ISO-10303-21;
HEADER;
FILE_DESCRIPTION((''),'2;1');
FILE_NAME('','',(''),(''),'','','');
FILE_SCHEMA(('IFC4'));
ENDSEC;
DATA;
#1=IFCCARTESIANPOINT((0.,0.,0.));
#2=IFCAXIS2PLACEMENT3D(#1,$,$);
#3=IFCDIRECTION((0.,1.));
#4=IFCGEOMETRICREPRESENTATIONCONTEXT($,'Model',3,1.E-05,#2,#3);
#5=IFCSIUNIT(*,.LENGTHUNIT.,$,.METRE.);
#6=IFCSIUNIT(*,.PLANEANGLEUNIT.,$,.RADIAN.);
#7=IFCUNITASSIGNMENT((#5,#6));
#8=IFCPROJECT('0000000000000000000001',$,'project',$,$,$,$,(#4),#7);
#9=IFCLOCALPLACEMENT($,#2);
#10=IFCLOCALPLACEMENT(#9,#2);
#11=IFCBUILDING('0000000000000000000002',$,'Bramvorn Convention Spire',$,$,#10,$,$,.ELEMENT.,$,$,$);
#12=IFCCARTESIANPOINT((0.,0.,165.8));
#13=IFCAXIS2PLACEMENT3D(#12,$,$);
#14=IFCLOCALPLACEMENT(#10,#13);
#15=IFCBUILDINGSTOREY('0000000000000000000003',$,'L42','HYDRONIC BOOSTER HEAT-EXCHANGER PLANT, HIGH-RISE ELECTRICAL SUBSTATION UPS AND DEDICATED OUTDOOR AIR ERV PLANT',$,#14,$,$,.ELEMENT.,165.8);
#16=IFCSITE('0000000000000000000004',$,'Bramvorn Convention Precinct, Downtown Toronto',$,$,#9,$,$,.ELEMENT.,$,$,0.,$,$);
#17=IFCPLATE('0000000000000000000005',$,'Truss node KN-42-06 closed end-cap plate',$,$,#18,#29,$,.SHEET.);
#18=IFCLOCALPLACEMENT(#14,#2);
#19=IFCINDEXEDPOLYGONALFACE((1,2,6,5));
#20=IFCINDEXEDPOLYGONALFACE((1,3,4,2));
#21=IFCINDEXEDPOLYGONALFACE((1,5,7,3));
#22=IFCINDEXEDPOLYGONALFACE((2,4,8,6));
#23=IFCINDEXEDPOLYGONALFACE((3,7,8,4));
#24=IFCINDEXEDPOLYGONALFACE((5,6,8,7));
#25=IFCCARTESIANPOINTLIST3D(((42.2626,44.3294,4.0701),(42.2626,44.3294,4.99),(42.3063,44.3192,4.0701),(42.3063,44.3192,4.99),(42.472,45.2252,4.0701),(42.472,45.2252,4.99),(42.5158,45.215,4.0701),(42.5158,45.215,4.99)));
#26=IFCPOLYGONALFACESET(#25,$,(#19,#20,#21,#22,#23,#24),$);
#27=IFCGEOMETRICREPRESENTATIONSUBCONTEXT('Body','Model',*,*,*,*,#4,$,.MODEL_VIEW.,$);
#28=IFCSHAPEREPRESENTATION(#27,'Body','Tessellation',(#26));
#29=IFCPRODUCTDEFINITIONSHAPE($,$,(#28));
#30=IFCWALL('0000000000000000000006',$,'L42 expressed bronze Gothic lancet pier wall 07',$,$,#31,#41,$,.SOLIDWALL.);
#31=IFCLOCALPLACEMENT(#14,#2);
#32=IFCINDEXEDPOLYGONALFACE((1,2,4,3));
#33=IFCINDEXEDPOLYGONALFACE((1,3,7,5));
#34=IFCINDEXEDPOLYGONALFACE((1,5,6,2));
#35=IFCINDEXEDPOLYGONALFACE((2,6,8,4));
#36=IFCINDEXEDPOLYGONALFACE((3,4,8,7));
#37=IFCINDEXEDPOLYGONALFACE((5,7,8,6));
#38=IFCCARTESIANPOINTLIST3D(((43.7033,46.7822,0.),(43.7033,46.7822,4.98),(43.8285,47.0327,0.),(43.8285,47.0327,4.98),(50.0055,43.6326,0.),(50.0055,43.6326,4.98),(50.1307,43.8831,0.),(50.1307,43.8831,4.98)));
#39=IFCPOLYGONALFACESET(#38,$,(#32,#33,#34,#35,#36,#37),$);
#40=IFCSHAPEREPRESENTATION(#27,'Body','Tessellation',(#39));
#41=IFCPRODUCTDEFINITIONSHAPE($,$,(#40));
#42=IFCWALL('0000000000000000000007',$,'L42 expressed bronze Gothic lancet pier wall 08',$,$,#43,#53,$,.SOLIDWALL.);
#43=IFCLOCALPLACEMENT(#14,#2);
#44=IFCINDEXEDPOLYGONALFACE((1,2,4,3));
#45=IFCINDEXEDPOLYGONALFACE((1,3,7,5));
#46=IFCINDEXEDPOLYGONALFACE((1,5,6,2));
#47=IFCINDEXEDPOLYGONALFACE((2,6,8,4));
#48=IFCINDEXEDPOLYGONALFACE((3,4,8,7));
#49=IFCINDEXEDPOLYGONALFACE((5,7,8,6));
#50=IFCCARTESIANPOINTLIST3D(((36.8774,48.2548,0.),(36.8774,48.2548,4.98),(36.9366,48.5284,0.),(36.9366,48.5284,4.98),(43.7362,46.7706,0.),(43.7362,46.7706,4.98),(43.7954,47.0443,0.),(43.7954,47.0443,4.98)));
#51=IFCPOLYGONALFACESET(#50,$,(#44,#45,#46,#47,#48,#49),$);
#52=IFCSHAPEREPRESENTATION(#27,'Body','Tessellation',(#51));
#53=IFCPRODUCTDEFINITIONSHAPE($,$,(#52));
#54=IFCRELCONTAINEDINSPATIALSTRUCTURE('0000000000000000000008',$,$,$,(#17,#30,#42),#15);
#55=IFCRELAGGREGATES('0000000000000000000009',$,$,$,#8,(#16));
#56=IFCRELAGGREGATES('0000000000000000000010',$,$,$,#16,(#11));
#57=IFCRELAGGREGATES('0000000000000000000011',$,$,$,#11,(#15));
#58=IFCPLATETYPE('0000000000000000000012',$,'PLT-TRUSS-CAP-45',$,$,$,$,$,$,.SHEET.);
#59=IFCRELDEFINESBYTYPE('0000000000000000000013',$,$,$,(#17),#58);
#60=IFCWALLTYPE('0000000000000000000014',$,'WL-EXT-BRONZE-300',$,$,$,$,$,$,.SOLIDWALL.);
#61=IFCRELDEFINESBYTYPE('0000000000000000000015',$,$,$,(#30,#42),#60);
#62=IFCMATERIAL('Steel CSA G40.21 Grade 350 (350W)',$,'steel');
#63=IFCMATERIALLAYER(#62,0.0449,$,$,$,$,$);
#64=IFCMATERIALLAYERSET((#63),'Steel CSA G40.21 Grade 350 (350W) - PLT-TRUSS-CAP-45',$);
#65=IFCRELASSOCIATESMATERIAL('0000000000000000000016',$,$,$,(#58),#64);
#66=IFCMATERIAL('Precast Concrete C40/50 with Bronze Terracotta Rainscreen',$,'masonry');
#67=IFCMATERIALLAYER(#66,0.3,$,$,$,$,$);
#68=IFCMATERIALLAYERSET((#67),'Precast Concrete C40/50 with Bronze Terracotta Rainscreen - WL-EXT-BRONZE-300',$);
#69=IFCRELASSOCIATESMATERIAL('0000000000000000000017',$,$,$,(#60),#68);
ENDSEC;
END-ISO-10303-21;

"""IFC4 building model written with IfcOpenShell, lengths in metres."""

from ifc_helpers import new_model, si_unit, direction, frame, frame_2d, origin, origin_2d, place, context, subcontext, project, spatial, rectangle, extrude, material, layer, layer_set, type_object, element, save


model = new_model("IFC4")

# Units and contexts
model_context = context("Model", 3, precision=1e-05, world=origin(), true_north=direction((0.0, 1.0)))
body_context = subcontext(model_context, "Body", "Model", "MODEL_VIEW")
ifc_project = project(units=[si_unit("LENGTHUNIT", "METRE"), si_unit("PLANEANGLEUNIT", "RADIAN")], contexts=[model_context])

# Site, building, storey
site_placement = place(None, origin())
site = spatial("IfcSite", under=ifc_project, at=site_placement, Name="Bramvorn Convention Precinct, Downtown Toronto", CompositionType="ELEMENT", RefElevation=0.0)
building_placement = place(site_placement, origin())
building = spatial("IfcBuilding", under=site, at=building_placement, Name="Bramvorn Convention Spire", CompositionType="ELEMENT")
storey_placement = place(building_placement, frame((0.0, 0.0, 165.8)))
storey = spatial("IfcBuildingStorey", under=building, at=storey_placement, Name="L42", Description="HYDRONIC BOOSTER HEAT-EXCHANGER PLANT, HIGH-RISE ELECTRICAL SUBSTATION UPS AND DEDICATED OUTDOOR AIR ERV PLANT", CompositionType="ELEMENT", Elevation=165.8)

# Shared definitions
ifc_material_1 = material(Name="Steel CSA G40.21 Grade 350 (350W)", Category="steel")

# Plate
ifc_layer_1 = layer(ifc_material_1, 0.0449)
ifc_layer_set_1 = layer_set([ifc_layer_1], Name="Steel CSA G40.21 Grade 350 (350W) - PLT-TRUSS-CAP-45")
plate_type_1 = type_object("IfcPlateType", Name="PLT-TRUSS-CAP-45", PredefinedType="SHEET", material=ifc_layer_set_1)
plate_placement = place(storey_placement, frame((42.3892, 44.7722, 4.0701), z_axis=(0.0, 0.0, 1.0), x_axis=(0.22767, 0.973738, 0.0)))
element("IfcPlate", 1, at=plate_placement, inside=storey, type_object=plate_type_1, Name="Truss node KN-42-06 closed end-cap plate", PredefinedType="SHEET", context=body_context, shape_type="SweptSolid", body=[
    extrude(rectangle(XDim=0.9199, YDim=0.0449, at=origin_2d()), origin(), (0.0, 0.0, 1.0), 0.9199),
])

# Walls
ifc_material_2 = material(Name="Precast Concrete C40/50 with Bronze Terracotta Rainscreen", Category="masonry")
ifc_layer_2 = layer(ifc_material_2, 0.3)
ifc_layer_set_2 = layer_set([ifc_layer_2], Name="Precast Concrete C40/50 with Bronze Terracotta Rainscreen - WL-EXT-BRONZE-300")
wall_type = type_object("IfcWallType", Name="WL-EXT-BRONZE-300", PredefinedType="SOLIDWALL", material=ifc_layer_set_2)
wall_1_placement = place(storey_placement, frame((43.7659, 46.9075, 0.0), z_axis=(0.0, 0.0, 1.0), x_axis=(0.89451, -0.447047, 0.0)))
element("IfcWall", 2, at=wall_1_placement, inside=storey, type_object=wall_type, Name="L42 expressed bronze Gothic lancet pier wall 07", PredefinedType="SOLIDWALL", context=body_context, shape_type="SweptSolid", body=[
    extrude(rectangle(XDim=7.0454, YDim=0.28, at=frame_2d((3.5227, 0.0))), origin(), (0.0, 0.0, 1.0), 4.98),
])
wall_2_placement = place(storey_placement, frame((36.907, 48.3916, 0.0), z_axis=(0.0, 0.0, 1.0), x_axis=(0.977381, -0.211486, 0.0)))
element("IfcWall", 3, at=wall_2_placement, inside=storey, type_object=wall_type, Name="L42 expressed bronze Gothic lancet pier wall 08", PredefinedType="SOLIDWALL", context=body_context, shape_type="SweptSolid", body=[
    extrude(rectangle(XDim=7.0176, YDim=0.28, at=frame_2d((3.5088, 0.0))), origin(), (0.0, 0.0, 1.0), 4.98),
])

save(model, "model.ifc")
